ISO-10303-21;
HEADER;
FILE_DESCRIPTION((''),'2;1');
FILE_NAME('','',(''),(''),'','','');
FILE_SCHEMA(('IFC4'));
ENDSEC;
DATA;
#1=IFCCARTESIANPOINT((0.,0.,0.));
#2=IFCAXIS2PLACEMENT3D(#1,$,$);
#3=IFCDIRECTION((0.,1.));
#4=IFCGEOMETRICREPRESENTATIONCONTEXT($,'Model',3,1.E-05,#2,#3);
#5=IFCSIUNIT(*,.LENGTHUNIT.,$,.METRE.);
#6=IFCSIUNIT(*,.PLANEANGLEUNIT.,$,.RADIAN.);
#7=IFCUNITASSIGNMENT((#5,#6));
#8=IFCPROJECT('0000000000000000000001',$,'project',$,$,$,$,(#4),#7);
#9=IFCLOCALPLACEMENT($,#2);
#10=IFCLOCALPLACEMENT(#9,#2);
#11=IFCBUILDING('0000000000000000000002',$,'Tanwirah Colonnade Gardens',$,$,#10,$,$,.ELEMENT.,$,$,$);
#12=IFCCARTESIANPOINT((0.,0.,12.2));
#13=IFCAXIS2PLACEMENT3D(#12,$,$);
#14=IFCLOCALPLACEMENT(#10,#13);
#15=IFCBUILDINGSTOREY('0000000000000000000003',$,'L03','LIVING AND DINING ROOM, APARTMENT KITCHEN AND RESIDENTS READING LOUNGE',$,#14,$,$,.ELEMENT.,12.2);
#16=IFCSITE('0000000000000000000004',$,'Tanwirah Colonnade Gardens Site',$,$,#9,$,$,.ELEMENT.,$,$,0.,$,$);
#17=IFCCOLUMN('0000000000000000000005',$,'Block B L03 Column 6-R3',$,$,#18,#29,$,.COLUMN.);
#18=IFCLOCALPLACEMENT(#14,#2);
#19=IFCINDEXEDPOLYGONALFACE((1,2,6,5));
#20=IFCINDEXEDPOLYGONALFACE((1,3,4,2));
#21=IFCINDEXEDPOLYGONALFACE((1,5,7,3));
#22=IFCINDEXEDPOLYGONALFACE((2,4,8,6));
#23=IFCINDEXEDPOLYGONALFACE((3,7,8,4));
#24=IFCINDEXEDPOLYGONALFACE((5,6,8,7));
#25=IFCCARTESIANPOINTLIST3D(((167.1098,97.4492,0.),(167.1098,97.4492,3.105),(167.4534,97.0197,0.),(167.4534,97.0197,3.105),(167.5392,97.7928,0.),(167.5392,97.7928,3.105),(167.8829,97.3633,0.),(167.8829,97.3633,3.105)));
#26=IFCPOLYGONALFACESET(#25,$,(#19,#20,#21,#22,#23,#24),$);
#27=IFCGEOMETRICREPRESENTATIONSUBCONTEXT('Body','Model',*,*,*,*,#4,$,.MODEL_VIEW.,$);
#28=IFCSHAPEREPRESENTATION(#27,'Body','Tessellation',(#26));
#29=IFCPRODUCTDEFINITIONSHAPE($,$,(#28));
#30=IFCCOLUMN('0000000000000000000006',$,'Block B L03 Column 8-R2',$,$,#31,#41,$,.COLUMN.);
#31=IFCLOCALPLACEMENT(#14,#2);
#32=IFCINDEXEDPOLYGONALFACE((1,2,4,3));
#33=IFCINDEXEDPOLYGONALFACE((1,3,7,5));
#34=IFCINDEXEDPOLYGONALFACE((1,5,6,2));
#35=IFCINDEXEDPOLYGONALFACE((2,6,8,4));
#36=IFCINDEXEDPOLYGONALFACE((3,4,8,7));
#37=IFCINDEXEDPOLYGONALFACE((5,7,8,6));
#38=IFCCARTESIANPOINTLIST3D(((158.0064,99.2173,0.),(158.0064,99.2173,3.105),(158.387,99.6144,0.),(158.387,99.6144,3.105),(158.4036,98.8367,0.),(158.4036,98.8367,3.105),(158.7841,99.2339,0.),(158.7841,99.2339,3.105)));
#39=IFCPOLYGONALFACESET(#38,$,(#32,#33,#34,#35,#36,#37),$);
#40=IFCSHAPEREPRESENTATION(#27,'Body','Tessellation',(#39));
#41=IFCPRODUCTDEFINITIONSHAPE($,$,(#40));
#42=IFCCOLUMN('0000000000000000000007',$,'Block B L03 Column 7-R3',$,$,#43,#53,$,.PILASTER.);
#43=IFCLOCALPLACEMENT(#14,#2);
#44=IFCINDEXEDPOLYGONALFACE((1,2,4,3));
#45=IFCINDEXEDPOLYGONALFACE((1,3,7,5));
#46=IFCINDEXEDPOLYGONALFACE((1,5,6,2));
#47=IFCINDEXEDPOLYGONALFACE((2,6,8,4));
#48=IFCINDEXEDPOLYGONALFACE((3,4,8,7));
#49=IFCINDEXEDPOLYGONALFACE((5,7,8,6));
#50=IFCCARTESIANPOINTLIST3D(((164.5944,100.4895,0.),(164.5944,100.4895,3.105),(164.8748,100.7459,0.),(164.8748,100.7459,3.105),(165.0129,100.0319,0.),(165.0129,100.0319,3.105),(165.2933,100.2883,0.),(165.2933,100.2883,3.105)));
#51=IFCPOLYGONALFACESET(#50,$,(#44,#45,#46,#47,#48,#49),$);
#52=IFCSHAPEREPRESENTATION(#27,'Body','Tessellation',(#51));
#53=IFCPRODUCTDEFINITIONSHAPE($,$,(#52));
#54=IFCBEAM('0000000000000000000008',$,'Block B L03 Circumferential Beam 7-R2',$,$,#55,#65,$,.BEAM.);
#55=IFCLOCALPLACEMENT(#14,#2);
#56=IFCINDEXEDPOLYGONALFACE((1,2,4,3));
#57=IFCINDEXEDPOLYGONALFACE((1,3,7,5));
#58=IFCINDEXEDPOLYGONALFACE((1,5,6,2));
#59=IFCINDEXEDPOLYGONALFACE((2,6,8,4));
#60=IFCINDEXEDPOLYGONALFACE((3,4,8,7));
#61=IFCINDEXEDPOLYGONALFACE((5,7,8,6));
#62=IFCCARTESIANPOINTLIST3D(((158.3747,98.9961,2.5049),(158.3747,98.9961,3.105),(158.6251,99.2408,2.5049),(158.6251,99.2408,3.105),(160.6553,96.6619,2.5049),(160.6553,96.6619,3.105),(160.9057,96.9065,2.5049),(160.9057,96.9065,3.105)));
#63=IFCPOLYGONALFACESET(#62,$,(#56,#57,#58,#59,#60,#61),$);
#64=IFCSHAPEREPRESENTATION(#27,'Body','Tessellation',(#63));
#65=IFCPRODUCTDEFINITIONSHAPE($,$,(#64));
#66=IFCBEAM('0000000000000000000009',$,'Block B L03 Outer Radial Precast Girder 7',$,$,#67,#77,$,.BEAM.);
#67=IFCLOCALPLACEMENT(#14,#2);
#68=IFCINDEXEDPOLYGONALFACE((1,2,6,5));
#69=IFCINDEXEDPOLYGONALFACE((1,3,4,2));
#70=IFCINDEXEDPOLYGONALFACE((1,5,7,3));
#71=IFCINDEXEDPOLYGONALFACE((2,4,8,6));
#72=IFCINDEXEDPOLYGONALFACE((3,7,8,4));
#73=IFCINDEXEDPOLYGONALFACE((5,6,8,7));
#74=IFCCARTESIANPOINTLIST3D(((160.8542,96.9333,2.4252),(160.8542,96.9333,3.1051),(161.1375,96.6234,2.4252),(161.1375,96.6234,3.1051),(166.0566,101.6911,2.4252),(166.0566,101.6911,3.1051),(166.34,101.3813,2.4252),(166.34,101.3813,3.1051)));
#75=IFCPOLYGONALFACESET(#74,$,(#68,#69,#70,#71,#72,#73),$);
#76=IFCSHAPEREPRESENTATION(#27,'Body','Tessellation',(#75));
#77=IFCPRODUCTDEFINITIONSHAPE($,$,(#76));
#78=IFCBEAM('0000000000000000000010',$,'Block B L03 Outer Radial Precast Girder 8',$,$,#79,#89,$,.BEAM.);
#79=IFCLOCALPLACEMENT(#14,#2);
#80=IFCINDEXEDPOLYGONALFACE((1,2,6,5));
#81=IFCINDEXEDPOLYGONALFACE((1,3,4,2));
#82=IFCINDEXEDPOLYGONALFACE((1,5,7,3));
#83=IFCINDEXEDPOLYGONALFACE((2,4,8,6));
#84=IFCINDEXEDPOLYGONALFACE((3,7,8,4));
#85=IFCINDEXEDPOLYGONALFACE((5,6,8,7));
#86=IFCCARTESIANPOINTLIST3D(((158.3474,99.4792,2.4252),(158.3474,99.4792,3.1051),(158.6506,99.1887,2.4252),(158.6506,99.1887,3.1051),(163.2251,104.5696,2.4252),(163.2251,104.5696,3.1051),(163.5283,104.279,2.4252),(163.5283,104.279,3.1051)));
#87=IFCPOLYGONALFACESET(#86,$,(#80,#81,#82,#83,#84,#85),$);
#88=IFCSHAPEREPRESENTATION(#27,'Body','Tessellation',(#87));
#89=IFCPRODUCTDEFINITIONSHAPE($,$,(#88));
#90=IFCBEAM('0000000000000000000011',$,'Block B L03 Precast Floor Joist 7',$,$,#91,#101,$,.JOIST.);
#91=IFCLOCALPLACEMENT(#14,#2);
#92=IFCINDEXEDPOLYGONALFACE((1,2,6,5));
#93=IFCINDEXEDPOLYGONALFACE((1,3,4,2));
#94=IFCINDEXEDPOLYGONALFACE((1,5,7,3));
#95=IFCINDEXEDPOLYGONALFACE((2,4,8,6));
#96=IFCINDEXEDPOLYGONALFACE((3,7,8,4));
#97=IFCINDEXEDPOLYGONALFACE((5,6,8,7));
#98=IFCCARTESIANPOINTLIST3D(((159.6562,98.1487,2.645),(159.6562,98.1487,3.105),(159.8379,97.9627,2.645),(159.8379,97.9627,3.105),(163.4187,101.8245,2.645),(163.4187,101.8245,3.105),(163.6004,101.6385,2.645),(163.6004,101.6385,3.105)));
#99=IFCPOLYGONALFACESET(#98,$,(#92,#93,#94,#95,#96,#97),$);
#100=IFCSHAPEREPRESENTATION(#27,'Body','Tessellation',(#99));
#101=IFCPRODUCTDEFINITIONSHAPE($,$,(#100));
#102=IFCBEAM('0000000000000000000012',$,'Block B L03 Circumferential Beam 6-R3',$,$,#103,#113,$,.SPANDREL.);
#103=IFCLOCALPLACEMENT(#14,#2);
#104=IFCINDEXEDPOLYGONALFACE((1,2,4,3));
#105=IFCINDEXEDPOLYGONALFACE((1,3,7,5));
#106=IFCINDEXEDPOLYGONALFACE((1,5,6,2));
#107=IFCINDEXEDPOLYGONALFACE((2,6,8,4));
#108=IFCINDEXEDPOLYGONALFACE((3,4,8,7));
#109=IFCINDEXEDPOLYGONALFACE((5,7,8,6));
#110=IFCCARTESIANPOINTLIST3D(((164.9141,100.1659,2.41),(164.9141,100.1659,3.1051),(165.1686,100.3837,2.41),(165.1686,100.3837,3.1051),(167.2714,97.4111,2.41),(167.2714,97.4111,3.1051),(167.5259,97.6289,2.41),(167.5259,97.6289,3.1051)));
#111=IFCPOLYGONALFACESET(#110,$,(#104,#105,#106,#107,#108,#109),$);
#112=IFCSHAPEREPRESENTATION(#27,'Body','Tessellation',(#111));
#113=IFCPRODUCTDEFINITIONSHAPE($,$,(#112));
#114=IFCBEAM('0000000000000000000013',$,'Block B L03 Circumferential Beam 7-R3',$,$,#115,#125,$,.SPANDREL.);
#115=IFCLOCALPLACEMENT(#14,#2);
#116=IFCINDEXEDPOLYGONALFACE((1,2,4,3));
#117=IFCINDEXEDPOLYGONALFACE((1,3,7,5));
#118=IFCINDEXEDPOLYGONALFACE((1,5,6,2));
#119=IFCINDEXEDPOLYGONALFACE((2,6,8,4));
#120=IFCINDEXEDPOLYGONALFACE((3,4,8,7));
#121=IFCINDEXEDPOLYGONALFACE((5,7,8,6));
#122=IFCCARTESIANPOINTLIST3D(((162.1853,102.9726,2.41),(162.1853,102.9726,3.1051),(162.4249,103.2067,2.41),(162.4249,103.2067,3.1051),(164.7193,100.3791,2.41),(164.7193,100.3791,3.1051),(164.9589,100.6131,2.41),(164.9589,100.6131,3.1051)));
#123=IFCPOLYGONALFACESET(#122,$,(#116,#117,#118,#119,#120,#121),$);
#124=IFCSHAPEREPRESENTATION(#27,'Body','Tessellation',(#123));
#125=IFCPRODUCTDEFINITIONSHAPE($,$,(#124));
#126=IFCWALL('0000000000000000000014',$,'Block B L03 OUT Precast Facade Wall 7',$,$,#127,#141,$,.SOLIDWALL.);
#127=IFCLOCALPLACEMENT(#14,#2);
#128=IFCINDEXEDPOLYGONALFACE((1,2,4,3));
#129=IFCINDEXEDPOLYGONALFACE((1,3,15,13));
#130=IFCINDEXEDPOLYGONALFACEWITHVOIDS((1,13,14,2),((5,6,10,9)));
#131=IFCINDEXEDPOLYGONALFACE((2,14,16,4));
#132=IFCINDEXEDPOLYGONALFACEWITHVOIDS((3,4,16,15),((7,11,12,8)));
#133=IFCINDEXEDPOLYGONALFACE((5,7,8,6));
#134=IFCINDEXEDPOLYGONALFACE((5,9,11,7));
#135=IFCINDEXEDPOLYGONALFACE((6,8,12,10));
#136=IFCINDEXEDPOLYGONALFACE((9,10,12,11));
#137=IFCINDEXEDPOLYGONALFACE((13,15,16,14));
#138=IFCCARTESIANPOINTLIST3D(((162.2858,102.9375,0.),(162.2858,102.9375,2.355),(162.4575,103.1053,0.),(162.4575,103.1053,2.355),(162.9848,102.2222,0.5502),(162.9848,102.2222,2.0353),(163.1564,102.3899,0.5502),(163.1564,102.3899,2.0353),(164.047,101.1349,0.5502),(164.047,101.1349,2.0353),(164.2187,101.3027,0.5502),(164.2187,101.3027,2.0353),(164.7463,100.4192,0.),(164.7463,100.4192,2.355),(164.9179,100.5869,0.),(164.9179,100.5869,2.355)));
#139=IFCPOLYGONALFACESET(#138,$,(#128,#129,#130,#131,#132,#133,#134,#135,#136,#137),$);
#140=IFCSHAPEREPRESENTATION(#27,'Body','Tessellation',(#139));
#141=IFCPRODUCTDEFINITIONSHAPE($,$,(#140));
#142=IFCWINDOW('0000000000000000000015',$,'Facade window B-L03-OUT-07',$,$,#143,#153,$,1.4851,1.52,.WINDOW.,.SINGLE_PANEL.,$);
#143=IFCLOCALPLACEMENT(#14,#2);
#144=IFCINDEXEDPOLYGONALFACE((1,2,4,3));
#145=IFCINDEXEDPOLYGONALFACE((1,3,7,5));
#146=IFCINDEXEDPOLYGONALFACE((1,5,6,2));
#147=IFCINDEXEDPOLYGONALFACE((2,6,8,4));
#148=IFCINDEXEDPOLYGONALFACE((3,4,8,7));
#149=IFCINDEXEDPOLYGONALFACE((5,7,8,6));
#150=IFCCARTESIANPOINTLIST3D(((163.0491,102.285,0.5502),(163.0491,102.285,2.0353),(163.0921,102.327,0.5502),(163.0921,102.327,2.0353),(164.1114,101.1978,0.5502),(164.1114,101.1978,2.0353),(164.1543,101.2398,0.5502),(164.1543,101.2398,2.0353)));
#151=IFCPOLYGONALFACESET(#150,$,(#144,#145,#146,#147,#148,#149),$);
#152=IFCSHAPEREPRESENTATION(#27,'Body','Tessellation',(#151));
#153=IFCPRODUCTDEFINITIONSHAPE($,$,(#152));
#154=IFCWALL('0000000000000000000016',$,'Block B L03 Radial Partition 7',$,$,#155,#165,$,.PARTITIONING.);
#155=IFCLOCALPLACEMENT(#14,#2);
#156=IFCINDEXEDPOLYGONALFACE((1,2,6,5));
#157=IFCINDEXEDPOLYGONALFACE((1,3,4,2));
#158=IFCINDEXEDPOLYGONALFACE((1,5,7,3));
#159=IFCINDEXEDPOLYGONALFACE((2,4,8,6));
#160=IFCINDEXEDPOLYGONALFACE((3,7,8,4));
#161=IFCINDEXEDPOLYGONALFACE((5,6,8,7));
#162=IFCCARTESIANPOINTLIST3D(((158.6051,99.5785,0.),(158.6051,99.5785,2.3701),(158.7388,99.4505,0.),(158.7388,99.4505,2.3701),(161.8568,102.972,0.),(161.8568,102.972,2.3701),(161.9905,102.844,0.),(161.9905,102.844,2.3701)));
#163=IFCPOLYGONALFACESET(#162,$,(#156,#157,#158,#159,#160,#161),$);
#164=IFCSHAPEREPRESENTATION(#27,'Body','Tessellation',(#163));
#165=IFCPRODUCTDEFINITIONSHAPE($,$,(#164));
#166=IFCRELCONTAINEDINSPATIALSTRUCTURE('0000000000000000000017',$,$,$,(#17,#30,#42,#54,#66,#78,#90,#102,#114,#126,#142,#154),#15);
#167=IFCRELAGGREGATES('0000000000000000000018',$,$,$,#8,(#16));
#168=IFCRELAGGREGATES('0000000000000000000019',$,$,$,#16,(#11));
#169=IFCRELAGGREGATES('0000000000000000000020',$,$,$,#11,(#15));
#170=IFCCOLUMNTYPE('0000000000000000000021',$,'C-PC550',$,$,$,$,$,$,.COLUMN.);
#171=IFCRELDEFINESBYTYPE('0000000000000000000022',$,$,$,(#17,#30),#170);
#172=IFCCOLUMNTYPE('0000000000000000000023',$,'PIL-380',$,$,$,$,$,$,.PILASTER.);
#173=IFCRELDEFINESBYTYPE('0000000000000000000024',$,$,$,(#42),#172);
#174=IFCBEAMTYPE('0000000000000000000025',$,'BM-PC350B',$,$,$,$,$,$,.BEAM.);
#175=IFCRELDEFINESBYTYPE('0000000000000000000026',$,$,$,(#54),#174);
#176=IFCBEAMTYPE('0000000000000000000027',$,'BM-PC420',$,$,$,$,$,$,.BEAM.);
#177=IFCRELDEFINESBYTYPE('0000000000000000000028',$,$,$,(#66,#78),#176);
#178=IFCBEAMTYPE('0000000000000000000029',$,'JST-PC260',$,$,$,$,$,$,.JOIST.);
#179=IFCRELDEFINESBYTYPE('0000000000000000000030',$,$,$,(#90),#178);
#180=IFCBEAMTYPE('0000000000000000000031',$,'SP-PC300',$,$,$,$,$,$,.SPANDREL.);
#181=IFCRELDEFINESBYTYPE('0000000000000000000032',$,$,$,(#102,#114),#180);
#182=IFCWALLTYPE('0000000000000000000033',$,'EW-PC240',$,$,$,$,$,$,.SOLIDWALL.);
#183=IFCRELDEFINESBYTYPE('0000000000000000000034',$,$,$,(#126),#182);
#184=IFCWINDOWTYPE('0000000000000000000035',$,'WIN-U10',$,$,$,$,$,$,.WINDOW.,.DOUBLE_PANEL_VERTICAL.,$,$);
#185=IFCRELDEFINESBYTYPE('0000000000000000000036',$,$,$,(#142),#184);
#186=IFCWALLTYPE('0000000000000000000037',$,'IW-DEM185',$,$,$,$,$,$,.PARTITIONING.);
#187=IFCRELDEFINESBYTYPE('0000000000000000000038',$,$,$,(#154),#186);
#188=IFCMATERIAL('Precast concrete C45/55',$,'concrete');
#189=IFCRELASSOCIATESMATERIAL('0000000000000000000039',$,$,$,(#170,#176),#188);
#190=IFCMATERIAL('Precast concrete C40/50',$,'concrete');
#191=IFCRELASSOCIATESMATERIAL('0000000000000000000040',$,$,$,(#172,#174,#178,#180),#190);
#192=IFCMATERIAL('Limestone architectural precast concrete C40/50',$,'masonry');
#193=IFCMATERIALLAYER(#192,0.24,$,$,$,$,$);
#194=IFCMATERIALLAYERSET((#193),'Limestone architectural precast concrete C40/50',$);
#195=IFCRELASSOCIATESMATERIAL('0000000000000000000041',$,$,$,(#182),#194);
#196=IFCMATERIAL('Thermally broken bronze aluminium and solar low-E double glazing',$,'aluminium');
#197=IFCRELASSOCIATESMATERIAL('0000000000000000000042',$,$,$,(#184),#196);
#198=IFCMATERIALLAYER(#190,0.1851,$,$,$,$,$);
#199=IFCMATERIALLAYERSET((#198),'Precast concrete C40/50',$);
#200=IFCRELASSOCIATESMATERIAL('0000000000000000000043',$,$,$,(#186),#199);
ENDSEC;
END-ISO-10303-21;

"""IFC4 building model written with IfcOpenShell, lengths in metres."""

from ifc_helpers import new_model, si_unit, direction, frame, frame_2d, origin, origin_2d, place, context, subcontext, project, spatial, rectangle, extrude, material, layer, layer_set, material_profile, profile_set, type_object, element, fill, save


model = new_model("IFC4")

# Units and contexts
model_context = context("Model", 3, precision=1e-05, world=origin(), true_north=direction((0.0, 1.0)))
body_context = subcontext(model_context, "Body", "Model", "MODEL_VIEW")
ifc_project = project(units=[si_unit("LENGTHUNIT", "METRE"), si_unit("PLANEANGLEUNIT", "RADIAN")], contexts=[model_context])

# Site, building, storey
site_placement = place(None, origin())
site = spatial("IfcSite", under=ifc_project, at=site_placement, Name="Tanwirah Colonnade Gardens Site", CompositionType="ELEMENT", RefElevation=0.0)
building_placement = place(site_placement, origin())
building = spatial("IfcBuilding", under=site, at=building_placement, Name="Tanwirah Colonnade Gardens", CompositionType="ELEMENT")
storey_placement = place(building_placement, frame((0.0, 0.0, 12.2)))
storey = spatial("IfcBuildingStorey", under=building, at=storey_placement, Name="L03", Description="LIVING AND DINING ROOM, APARTMENT KITCHEN AND RESIDENTS READING LOUNGE", CompositionType="ELEMENT", Elevation=12.2)

# Columns
ifc_material_1 = material(Name="Precast concrete C45/55", Category="concrete")
ifc_material_profile_1 = material_profile(ifc_material_1, rectangle(XDim=0.55, YDim=0.55, at=origin_2d()), Name="PC-COL 550x550")
ifc_profile_set_1 = profile_set([ifc_material_profile_1], Name="Precast concrete C45/55")
column_type_1 = type_object("IfcColumnType", Name="C-PC550", PredefinedType="COLUMN", material=ifc_profile_set_1)
for number, where, z_axis, x_axis, name in (
    (1, (167.4963, 97.4062, 0.0), (0.0, 0.0, 1.0), (0.780794, 0.624789, 0.0), "Block B L03 Column 6-R3"),
    (2, (158.3953, 99.2256, 0.0), (0.0, 0.0, 1.0), (0.691863, 0.722029, 0.0), "Block B L03 Column 8-R2"),
):
    element("IfcColumn", number, at=place(storey_placement, frame(where, z_axis=z_axis, x_axis=x_axis)), inside=storey, type_object=column_type_1, Name=name, PredefinedType="COLUMN", context=body_context, shape_type="SweptSolid", body=[
        extrude(rectangle(XDim=0.55, YDim=0.55, at=origin_2d()), origin(), (0.0, 0.0, 1.0), 3.105),
    ])
ifc_material_2 = material(Name="Precast concrete C40/50", Category="concrete")
ifc_material_profile_2 = material_profile(ifc_material_2, rectangle(XDim=0.3799, YDim=0.6201, at=origin_2d()), Name="PC-PIL 380x620")
ifc_profile_set_2 = profile_set([ifc_material_profile_2], Name="Precast concrete C40/50")
column_type_2 = type_object("IfcColumnType", Name="PIL-380", PredefinedType="PILASTER", material=ifc_profile_set_2)
column_placement = place(storey_placement, frame((164.9438, 100.3889, 0.0), z_axis=(0.0, 0.0, 1.0), x_axis=(0.737932, 0.674875, 0.0)))
element("IfcColumn", 3, at=column_placement, inside=storey, type_object=column_type_2, Name="Block B L03 Column 7-R3", PredefinedType="PILASTER", context=body_context, shape_type="SweptSolid", body=[
    extrude(rectangle(XDim=0.3799, YDim=0.6201, at=origin_2d()), origin(), (0.0, 0.0, 1.0), 3.105),
])

# Beams
ifc_material_profile_3 = material_profile(ifc_material_2, rectangle(XDim=0.3501, YDim=0.6001, at=origin_2d()), Name="PC-BM 350x600")
ifc_profile_set_3 = profile_set([ifc_material_profile_3], Name="Precast concrete C40/50")
beam_type_1 = type_object("IfcBeamType", Name="BM-PC350B", PredefinedType="BEAM", material=ifc_profile_set_3)
beam_1_placement = place(storey_placement, frame((160.7805, 96.7842, 2.8049), z_axis=(-0.698829, 0.715288, 0.0), x_axis=(-0.715288, -0.698829, 0.0)))
element("IfcBeam", 4, at=beam_1_placement, inside=storey, type_object=beam_type_1, Name="Block B L03 Circumferential Beam 7-R2", PredefinedType="BEAM", context=body_context, shape_type="SweptSolid", body=[
    extrude(rectangle(XDim=0.3501, YDim=0.6001, at=origin_2d()), origin(), (0.0, 0.0, 1.0), 3.2634),
])
ifc_material_profile_4 = material_profile(ifc_material_1, rectangle(XDim=0.4199, YDim=0.6799, at=origin_2d()), Name="PC-BM 420x680")
ifc_profile_set_4 = profile_set([ifc_material_profile_4], Name="Precast concrete C45/55")
beam_type_2 = type_object("IfcBeamType", Name="BM-PC420", PredefinedType="BEAM", material=ifc_profile_set_4)
for number, where, z_axis, x_axis, name in (
    (5, (160.9958, 96.7783, 2.7651), (0.737934, 0.674873, 0.0), (-0.674873, 0.737934, 0.0), "Block B L03 Outer Radial Precast Girder 7"),
    (6, (158.499, 99.334, 2.7651), (0.691865, 0.722027, 0.0), (-0.722027, 0.691865, 0.0), "Block B L03 Outer Radial Precast Girder 8"),
):
    element("IfcBeam", number, at=place(storey_placement, frame(where, z_axis=z_axis, x_axis=x_axis)), inside=storey, type_object=beam_type_2, Name=name, PredefinedType="BEAM", context=body_context, shape_type="SweptSolid", body=[
        extrude(rectangle(XDim=0.4199, YDim=0.6799, at=origin_2d()), origin(), (0.0, 0.0, 1.0), 7.05),
    ])
ifc_material_profile_5 = material_profile(ifc_material_2, rectangle(XDim=0.26, YDim=0.46, at=origin_2d()), Name="PC-JST 260x460")
ifc_profile_set_5 = profile_set([ifc_material_profile_5], Name="Precast concrete C40/50")
beam_type_3 = type_object("IfcBeamType", Name="JST-PC260", PredefinedType="JOIST", material=ifc_profile_set_5)
beam_2_placement = place(storey_placement, frame((159.7471, 98.0557, 2.875), z_axis=(0.715297, 0.69882, 0.0), x_axis=(-0.69882, 0.715297, 0.0)))
element("IfcBeam", 7, at=beam_2_placement, inside=storey, type_object=beam_type_3, Name="Block B L03 Precast Floor Joist 7", PredefinedType="JOIST", context=body_context, shape_type="SweptSolid", body=[
    extrude(rectangle(XDim=0.26, YDim=0.46, at=origin_2d()), origin(), (0.0, 0.0, 1.0), 5.26),
])
ifc_material_profile_6 = material_profile(ifc_material_2, rectangle(XDim=0.335, YDim=0.6951, at=origin_2d()), Name="PC-SP 335x695")
ifc_profile_set_6 = profile_set([ifc_material_profile_6], Name="Precast concrete C40/50")
beam_type_4 = type_object("IfcBeamType", Name="SP-PC300", PredefinedType="SPANDREL", material=ifc_profile_set_6)
beam_3_placement = place(storey_placement, frame((167.3987, 97.52, 2.7576), z_axis=(-0.65017, 0.759789, 0.0), x_axis=(-0.759789, -0.65017, 0.0)))
element("IfcBeam", 8, at=beam_3_placement, inside=storey, type_object=beam_type_4, Name="Block B L03 Circumferential Beam 6-R3", PredefinedType="SPANDREL", context=body_context, shape_type="SweptSolid", body=[
    extrude(rectangle(XDim=0.335, YDim=0.6951, at=origin_2d()), origin(), (0.0, 0.0, 1.0), 3.6257),
])
beam_4_placement = place(storey_placement, frame((164.8391, 100.4961, 2.7576), z_axis=(-0.698844, 0.715274, 0.0), x_axis=(-0.715274, -0.698844, 0.0)))
element("IfcBeam", 9, at=beam_4_placement, inside=storey, type_object=beam_type_4, Name="Block B L03 Circumferential Beam 7-R3", PredefinedType="SPANDREL", context=body_context, shape_type="SweptSolid", body=[
    extrude(rectangle(XDim=0.335, YDim=0.6951, at=origin_2d()), origin(), (0.0, 0.0, 1.0), 3.626),
])

# Shared definitions
ifc_material_3 = material(Name="Limestone architectural precast concrete C40/50", Category="masonry")
ifc_layer_1 = layer(ifc_material_3, 0.24)
ifc_layer_set_1 = layer_set([ifc_layer_1], Name="Limestone architectural precast concrete C40/50")
wall_type_1 = type_object("IfcWallType", Name="EW-PC240", PredefinedType="SOLIDWALL", material=ifc_layer_set_1)

# Wall, opening, window
wall_1_placement = place(storey_placement, frame((164.832, 100.5032, 0.0), z_axis=(0.0, 0.0, 1.0), x_axis=(-0.698842, 0.715276, 0.0)))
wall_1 = element("IfcWall", 10, at=wall_1_placement, inside=storey, type_object=wall_type_1, Name="Block B L03 OUT Precast Facade Wall 7", PredefinedType="SOLIDWALL", context=body_context, shape_type="SweptSolid", body=[
    extrude(rectangle(XDim=3.5208, YDim=0.24, at=frame_2d((1.7603, 0.0))), origin(), (0.0, 0.0, 1.0), 2.355),
])
opening_1_placement = place(wall_1_placement, frame((1.0005, 0.0, 0.55)))
opening_1 = element("IfcOpeningElement", 11, at=opening_1_placement, cuts=wall_1, PredefinedType="OPENING", context=body_context, shape_type="SweptSolid", body=[
    extrude(rectangle(XDim=1.52, YDim=1.4851, at=frame_2d((0.76, 0.7427))), frame((0.0, 0.1299, 0.0), z_axis=(0.0, -1.0, 0.0), x_axis=(1.0, 0.0, 0.0)), (0.0, 0.0, 1.0), 0.26),
])
ifc_material_4 = material(Name="Thermally broken bronze aluminium and solar low-E double glazing", Category="aluminium")
window_type = type_object("IfcWindowType", Name="WIN-U10", PartitioningType="DOUBLE_PANEL_VERTICAL", PredefinedType="WINDOW", material=ifc_material_4)
window_placement = place(opening_1_placement, origin())
window = element("IfcWindow", 12, at=window_placement, inside=storey, type_object=window_type, Name="Facade window B-L03-OUT-07", OverallHeight=1.4851, OverallWidth=1.52, PartitioningType="SINGLE_PANEL", PredefinedType="WINDOW", context=body_context, shape_type="SweptSolid", body=[
    extrude(rectangle(XDim=1.52, YDim=1.4851, at=frame_2d((0.76, 0.7427))), frame((0.0, 0.03, 0.0), z_axis=(0.0, -1.0, 0.0), x_axis=(1.0, 0.0, 0.0)), (0.0, 0.0, 1.0), 0.0601),
])
fill(opening_1, window)

# Wall
ifc_layer_2 = layer(ifc_material_2, 0.1851)
ifc_layer_set_2 = layer_set([ifc_layer_2], Name="Precast concrete C40/50")
wall_type_2 = type_object("IfcWallType", Name="IW-DEM185", PredefinedType="PARTITIONING", material=ifc_layer_set_2)
wall_2_placement = place(storey_placement, frame((158.6719, 99.5144, 0.0), z_axis=(0.0, 0.0, 1.0), x_axis=(0.691856, 0.722036, 0.0)))
element("IfcWall", 13, at=wall_2_placement, inside=storey, type_object=wall_type_2, Name="Block B L03 Radial Partition 7", PredefinedType="PARTITIONING", context=body_context, shape_type="SweptSolid", body=[
    extrude(rectangle(XDim=4.7, YDim=0.1851, at=frame_2d((2.3501, 0.0))), origin(), (0.0, 0.0, 1.0), 2.3701),
])

save(model, "model.ifc")
